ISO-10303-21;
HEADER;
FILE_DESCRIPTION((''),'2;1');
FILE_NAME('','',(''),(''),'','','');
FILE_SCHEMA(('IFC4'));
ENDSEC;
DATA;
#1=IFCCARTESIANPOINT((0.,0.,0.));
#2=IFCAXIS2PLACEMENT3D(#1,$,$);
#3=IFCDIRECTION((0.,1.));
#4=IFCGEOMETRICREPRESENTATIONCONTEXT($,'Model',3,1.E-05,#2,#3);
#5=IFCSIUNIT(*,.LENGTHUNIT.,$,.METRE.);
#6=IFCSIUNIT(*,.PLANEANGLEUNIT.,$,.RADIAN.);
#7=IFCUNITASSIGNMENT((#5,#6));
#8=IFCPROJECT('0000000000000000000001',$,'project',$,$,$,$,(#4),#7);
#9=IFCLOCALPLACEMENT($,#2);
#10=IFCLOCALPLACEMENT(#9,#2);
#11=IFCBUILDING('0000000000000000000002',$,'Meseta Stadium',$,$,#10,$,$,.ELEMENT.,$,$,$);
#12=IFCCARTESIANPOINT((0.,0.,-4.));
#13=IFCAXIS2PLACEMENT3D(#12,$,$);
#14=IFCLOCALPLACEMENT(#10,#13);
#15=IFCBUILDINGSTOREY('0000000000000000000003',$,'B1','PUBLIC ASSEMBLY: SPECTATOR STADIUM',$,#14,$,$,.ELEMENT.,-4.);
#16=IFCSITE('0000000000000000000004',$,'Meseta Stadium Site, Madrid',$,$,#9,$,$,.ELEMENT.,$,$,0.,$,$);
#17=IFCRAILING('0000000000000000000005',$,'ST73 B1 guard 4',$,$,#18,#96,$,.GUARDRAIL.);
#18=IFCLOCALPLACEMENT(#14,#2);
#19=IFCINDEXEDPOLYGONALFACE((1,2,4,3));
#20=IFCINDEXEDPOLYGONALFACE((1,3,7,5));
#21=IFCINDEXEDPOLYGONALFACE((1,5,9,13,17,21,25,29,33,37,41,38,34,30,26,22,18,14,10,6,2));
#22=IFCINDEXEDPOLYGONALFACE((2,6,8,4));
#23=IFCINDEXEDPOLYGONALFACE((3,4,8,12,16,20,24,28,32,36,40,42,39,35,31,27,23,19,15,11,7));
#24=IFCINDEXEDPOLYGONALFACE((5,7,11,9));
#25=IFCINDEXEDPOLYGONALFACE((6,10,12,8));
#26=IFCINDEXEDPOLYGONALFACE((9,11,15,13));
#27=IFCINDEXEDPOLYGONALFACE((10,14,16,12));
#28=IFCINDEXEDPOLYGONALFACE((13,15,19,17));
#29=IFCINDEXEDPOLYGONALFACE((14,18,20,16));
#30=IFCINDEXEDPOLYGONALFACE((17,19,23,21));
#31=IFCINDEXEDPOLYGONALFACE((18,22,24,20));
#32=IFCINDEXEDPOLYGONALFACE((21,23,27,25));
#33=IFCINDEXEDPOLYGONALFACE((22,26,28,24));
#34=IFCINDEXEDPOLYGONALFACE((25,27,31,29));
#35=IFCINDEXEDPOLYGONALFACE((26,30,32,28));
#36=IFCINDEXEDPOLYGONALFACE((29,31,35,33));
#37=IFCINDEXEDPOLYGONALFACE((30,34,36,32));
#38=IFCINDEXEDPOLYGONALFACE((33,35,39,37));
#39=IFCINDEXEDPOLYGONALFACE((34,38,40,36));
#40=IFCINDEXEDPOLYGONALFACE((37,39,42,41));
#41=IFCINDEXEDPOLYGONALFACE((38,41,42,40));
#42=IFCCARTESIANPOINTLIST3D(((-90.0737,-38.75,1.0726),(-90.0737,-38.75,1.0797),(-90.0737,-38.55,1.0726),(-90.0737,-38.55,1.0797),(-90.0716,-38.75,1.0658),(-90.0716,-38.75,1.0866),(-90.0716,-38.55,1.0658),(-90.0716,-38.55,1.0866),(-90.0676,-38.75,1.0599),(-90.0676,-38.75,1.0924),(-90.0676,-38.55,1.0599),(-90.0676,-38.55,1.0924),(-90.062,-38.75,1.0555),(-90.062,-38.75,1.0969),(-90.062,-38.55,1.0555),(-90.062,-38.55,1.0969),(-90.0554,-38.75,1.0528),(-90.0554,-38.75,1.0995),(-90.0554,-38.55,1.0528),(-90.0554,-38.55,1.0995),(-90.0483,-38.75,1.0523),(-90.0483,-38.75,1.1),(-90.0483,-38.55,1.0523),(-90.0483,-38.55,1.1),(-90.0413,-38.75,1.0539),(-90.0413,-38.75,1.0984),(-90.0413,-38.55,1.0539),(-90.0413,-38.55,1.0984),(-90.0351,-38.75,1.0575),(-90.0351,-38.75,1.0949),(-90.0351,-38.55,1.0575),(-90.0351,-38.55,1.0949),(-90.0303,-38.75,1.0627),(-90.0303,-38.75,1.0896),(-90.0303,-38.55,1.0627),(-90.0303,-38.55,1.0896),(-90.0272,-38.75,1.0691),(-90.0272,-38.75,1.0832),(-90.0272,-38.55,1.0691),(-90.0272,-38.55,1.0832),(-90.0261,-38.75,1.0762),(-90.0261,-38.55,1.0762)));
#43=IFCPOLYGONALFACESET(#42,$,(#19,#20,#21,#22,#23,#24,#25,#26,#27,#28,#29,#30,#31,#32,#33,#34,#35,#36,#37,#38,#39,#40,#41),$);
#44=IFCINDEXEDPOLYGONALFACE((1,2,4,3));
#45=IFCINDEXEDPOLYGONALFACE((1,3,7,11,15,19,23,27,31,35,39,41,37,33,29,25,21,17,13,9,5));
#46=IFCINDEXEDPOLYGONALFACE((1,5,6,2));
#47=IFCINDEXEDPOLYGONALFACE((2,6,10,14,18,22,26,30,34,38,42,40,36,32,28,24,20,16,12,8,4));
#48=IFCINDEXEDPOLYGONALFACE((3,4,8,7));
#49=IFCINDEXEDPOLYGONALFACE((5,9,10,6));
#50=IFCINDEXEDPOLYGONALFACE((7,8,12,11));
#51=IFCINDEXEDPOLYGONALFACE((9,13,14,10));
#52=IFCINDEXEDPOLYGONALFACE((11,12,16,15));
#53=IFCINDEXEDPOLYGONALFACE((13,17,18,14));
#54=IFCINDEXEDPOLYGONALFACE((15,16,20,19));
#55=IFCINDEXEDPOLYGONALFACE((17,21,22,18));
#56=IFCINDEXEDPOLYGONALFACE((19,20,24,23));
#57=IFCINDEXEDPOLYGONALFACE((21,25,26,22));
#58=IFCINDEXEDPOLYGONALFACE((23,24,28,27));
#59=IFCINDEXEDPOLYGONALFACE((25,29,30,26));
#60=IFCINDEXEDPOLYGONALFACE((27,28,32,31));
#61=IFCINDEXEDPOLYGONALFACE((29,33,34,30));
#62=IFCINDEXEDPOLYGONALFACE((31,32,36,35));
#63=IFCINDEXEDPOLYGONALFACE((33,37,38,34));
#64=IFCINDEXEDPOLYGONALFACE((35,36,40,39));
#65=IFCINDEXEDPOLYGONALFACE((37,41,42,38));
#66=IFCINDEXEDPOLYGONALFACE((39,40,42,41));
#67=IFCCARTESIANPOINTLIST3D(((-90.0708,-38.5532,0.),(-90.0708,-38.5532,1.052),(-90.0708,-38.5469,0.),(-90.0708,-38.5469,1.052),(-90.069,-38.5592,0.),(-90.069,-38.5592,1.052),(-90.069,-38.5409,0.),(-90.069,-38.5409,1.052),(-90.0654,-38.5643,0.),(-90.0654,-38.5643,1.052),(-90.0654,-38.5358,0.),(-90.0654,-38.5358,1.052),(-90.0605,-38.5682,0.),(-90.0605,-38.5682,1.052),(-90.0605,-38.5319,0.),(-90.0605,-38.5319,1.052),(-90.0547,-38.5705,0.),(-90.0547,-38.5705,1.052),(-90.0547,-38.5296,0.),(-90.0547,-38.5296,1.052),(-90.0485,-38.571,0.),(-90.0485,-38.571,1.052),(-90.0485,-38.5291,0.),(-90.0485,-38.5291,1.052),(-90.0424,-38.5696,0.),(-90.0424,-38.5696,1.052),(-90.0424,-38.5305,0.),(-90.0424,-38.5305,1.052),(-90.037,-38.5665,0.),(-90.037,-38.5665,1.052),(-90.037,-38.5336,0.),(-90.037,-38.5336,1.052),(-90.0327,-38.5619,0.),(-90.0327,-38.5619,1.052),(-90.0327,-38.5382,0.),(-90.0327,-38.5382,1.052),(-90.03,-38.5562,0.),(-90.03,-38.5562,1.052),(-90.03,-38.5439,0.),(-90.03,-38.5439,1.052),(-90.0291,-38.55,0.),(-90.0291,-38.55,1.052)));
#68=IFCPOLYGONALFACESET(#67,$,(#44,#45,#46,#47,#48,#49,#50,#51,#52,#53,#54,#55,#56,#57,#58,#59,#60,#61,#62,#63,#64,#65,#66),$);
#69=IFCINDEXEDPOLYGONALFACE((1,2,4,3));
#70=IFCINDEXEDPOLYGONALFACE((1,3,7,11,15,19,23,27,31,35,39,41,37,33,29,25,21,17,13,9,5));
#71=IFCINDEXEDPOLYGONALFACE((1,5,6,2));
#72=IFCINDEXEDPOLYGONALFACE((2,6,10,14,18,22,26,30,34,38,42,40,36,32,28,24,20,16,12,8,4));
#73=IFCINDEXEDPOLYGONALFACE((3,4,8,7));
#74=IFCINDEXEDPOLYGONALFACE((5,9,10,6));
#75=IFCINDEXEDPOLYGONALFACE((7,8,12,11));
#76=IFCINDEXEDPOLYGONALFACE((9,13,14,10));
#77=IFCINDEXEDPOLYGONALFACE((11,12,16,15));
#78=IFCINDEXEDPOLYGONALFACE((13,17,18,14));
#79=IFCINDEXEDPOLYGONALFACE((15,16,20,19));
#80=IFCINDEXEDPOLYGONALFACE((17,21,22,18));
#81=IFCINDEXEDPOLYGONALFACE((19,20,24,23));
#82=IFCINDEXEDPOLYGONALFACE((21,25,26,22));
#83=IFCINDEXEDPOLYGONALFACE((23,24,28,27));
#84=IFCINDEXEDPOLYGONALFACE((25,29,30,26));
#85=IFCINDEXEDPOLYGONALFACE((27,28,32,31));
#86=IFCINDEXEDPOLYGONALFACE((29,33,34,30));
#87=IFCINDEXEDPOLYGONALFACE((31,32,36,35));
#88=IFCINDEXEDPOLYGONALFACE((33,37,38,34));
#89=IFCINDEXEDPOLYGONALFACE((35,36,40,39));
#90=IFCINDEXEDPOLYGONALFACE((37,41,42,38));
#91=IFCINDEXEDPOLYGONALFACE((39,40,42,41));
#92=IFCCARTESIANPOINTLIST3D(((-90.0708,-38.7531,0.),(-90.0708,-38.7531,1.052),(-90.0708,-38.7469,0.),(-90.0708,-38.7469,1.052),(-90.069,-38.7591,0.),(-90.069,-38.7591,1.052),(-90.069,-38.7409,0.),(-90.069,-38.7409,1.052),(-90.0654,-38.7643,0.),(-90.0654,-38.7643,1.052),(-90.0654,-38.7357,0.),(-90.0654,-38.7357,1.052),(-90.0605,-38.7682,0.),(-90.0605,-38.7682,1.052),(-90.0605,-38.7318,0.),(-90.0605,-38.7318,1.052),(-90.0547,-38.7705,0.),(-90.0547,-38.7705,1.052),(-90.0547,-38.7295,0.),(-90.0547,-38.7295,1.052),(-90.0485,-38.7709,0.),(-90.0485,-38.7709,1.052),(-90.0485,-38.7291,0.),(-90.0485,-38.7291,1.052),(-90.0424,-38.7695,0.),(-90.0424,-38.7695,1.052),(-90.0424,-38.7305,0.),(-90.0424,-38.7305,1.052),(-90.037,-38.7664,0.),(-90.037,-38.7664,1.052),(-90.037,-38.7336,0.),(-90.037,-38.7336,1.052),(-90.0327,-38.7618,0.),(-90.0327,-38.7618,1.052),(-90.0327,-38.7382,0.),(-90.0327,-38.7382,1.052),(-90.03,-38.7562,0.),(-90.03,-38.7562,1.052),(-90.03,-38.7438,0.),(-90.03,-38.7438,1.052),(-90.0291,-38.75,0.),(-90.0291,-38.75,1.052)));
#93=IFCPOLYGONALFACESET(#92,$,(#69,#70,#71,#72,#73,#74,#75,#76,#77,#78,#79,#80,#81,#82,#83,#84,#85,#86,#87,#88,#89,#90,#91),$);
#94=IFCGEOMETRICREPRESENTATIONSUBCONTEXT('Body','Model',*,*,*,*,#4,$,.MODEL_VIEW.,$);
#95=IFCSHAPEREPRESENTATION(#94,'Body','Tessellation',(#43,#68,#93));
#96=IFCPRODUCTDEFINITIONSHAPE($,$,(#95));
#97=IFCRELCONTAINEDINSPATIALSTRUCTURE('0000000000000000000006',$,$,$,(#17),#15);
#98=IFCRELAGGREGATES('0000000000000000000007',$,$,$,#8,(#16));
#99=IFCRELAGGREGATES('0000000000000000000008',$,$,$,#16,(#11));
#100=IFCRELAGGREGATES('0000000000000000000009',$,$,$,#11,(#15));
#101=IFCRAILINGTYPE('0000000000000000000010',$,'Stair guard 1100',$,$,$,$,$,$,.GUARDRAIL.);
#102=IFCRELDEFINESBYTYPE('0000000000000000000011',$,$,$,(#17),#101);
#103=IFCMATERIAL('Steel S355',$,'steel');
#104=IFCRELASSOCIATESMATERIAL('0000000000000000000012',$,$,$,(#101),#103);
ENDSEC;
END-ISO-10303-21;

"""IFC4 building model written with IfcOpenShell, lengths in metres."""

from ifc_helpers import new_model, si_unit, direction, frame, origin, origin_2d, place, context, subcontext, project, spatial, circle, extrude, material, type_object, element, save


model = new_model("IFC4")

# Units and contexts
model_context = context("Model", 3, precision=1e-05, world=origin(), true_north=direction((0.0, 1.0)))
body_context = subcontext(model_context, "Body", "Model", "MODEL_VIEW")
ifc_project = project(units=[si_unit("LENGTHUNIT", "METRE"), si_unit("PLANEANGLEUNIT", "RADIAN")], contexts=[model_context])

# Site, building, storey
site_placement = place(None, origin())
site = spatial("IfcSite", under=ifc_project, at=site_placement, Name="Meseta Stadium Site, Madrid", CompositionType="ELEMENT", RefElevation=0.0)
building_placement = place(site_placement, origin())
building = spatial("IfcBuilding", under=site, at=building_placement, Name="Meseta Stadium", CompositionType="ELEMENT")
storey_placement = place(building_placement, frame((0.0, 0.0, -4.0)))
storey = spatial("IfcBuildingStorey", under=building, at=storey_placement, Name="B1", Description="PUBLIC ASSEMBLY: SPECTATOR STADIUM", CompositionType="ELEMENT", Elevation=-4.0)

# Railing
ifc_material_1 = material(Name="Steel S355", Category="steel")
railing_type_1 = type_object("IfcRailingType", Name="Stair guard 1100", PredefinedType="GUARDRAIL", material=ifc_material_1)
railing_1_placement = place(storey_placement, frame((-90.05, -38.55, 0.0)))
element("IfcRailing", 1, at=railing_1_placement, inside=storey, type_object=railing_type_1, Name="ST73 B1 guard 4", PredefinedType="GUARDRAIL", context=body_context, shape_type="SweptSolid", body=[
    extrude(circle(Radius=0.0239, at=origin_2d()), frame((0.0, 0.0, 1.0762), z_axis=(0.0, -1.0, 0.0), x_axis=(1.0, 0.0, 0.0)), (0.0, 0.0, 1.0), 0.2),
    extrude(circle(Radius=0.021, at=origin_2d()), origin(), (0.0, 0.0, 1.0), 1.052),
    extrude(circle(Radius=0.021, at=origin_2d()), frame((0.0, -0.2, 0.0)), (0.0, 0.0, 1.0), 1.052),
])

save(model, "model.ifc")
